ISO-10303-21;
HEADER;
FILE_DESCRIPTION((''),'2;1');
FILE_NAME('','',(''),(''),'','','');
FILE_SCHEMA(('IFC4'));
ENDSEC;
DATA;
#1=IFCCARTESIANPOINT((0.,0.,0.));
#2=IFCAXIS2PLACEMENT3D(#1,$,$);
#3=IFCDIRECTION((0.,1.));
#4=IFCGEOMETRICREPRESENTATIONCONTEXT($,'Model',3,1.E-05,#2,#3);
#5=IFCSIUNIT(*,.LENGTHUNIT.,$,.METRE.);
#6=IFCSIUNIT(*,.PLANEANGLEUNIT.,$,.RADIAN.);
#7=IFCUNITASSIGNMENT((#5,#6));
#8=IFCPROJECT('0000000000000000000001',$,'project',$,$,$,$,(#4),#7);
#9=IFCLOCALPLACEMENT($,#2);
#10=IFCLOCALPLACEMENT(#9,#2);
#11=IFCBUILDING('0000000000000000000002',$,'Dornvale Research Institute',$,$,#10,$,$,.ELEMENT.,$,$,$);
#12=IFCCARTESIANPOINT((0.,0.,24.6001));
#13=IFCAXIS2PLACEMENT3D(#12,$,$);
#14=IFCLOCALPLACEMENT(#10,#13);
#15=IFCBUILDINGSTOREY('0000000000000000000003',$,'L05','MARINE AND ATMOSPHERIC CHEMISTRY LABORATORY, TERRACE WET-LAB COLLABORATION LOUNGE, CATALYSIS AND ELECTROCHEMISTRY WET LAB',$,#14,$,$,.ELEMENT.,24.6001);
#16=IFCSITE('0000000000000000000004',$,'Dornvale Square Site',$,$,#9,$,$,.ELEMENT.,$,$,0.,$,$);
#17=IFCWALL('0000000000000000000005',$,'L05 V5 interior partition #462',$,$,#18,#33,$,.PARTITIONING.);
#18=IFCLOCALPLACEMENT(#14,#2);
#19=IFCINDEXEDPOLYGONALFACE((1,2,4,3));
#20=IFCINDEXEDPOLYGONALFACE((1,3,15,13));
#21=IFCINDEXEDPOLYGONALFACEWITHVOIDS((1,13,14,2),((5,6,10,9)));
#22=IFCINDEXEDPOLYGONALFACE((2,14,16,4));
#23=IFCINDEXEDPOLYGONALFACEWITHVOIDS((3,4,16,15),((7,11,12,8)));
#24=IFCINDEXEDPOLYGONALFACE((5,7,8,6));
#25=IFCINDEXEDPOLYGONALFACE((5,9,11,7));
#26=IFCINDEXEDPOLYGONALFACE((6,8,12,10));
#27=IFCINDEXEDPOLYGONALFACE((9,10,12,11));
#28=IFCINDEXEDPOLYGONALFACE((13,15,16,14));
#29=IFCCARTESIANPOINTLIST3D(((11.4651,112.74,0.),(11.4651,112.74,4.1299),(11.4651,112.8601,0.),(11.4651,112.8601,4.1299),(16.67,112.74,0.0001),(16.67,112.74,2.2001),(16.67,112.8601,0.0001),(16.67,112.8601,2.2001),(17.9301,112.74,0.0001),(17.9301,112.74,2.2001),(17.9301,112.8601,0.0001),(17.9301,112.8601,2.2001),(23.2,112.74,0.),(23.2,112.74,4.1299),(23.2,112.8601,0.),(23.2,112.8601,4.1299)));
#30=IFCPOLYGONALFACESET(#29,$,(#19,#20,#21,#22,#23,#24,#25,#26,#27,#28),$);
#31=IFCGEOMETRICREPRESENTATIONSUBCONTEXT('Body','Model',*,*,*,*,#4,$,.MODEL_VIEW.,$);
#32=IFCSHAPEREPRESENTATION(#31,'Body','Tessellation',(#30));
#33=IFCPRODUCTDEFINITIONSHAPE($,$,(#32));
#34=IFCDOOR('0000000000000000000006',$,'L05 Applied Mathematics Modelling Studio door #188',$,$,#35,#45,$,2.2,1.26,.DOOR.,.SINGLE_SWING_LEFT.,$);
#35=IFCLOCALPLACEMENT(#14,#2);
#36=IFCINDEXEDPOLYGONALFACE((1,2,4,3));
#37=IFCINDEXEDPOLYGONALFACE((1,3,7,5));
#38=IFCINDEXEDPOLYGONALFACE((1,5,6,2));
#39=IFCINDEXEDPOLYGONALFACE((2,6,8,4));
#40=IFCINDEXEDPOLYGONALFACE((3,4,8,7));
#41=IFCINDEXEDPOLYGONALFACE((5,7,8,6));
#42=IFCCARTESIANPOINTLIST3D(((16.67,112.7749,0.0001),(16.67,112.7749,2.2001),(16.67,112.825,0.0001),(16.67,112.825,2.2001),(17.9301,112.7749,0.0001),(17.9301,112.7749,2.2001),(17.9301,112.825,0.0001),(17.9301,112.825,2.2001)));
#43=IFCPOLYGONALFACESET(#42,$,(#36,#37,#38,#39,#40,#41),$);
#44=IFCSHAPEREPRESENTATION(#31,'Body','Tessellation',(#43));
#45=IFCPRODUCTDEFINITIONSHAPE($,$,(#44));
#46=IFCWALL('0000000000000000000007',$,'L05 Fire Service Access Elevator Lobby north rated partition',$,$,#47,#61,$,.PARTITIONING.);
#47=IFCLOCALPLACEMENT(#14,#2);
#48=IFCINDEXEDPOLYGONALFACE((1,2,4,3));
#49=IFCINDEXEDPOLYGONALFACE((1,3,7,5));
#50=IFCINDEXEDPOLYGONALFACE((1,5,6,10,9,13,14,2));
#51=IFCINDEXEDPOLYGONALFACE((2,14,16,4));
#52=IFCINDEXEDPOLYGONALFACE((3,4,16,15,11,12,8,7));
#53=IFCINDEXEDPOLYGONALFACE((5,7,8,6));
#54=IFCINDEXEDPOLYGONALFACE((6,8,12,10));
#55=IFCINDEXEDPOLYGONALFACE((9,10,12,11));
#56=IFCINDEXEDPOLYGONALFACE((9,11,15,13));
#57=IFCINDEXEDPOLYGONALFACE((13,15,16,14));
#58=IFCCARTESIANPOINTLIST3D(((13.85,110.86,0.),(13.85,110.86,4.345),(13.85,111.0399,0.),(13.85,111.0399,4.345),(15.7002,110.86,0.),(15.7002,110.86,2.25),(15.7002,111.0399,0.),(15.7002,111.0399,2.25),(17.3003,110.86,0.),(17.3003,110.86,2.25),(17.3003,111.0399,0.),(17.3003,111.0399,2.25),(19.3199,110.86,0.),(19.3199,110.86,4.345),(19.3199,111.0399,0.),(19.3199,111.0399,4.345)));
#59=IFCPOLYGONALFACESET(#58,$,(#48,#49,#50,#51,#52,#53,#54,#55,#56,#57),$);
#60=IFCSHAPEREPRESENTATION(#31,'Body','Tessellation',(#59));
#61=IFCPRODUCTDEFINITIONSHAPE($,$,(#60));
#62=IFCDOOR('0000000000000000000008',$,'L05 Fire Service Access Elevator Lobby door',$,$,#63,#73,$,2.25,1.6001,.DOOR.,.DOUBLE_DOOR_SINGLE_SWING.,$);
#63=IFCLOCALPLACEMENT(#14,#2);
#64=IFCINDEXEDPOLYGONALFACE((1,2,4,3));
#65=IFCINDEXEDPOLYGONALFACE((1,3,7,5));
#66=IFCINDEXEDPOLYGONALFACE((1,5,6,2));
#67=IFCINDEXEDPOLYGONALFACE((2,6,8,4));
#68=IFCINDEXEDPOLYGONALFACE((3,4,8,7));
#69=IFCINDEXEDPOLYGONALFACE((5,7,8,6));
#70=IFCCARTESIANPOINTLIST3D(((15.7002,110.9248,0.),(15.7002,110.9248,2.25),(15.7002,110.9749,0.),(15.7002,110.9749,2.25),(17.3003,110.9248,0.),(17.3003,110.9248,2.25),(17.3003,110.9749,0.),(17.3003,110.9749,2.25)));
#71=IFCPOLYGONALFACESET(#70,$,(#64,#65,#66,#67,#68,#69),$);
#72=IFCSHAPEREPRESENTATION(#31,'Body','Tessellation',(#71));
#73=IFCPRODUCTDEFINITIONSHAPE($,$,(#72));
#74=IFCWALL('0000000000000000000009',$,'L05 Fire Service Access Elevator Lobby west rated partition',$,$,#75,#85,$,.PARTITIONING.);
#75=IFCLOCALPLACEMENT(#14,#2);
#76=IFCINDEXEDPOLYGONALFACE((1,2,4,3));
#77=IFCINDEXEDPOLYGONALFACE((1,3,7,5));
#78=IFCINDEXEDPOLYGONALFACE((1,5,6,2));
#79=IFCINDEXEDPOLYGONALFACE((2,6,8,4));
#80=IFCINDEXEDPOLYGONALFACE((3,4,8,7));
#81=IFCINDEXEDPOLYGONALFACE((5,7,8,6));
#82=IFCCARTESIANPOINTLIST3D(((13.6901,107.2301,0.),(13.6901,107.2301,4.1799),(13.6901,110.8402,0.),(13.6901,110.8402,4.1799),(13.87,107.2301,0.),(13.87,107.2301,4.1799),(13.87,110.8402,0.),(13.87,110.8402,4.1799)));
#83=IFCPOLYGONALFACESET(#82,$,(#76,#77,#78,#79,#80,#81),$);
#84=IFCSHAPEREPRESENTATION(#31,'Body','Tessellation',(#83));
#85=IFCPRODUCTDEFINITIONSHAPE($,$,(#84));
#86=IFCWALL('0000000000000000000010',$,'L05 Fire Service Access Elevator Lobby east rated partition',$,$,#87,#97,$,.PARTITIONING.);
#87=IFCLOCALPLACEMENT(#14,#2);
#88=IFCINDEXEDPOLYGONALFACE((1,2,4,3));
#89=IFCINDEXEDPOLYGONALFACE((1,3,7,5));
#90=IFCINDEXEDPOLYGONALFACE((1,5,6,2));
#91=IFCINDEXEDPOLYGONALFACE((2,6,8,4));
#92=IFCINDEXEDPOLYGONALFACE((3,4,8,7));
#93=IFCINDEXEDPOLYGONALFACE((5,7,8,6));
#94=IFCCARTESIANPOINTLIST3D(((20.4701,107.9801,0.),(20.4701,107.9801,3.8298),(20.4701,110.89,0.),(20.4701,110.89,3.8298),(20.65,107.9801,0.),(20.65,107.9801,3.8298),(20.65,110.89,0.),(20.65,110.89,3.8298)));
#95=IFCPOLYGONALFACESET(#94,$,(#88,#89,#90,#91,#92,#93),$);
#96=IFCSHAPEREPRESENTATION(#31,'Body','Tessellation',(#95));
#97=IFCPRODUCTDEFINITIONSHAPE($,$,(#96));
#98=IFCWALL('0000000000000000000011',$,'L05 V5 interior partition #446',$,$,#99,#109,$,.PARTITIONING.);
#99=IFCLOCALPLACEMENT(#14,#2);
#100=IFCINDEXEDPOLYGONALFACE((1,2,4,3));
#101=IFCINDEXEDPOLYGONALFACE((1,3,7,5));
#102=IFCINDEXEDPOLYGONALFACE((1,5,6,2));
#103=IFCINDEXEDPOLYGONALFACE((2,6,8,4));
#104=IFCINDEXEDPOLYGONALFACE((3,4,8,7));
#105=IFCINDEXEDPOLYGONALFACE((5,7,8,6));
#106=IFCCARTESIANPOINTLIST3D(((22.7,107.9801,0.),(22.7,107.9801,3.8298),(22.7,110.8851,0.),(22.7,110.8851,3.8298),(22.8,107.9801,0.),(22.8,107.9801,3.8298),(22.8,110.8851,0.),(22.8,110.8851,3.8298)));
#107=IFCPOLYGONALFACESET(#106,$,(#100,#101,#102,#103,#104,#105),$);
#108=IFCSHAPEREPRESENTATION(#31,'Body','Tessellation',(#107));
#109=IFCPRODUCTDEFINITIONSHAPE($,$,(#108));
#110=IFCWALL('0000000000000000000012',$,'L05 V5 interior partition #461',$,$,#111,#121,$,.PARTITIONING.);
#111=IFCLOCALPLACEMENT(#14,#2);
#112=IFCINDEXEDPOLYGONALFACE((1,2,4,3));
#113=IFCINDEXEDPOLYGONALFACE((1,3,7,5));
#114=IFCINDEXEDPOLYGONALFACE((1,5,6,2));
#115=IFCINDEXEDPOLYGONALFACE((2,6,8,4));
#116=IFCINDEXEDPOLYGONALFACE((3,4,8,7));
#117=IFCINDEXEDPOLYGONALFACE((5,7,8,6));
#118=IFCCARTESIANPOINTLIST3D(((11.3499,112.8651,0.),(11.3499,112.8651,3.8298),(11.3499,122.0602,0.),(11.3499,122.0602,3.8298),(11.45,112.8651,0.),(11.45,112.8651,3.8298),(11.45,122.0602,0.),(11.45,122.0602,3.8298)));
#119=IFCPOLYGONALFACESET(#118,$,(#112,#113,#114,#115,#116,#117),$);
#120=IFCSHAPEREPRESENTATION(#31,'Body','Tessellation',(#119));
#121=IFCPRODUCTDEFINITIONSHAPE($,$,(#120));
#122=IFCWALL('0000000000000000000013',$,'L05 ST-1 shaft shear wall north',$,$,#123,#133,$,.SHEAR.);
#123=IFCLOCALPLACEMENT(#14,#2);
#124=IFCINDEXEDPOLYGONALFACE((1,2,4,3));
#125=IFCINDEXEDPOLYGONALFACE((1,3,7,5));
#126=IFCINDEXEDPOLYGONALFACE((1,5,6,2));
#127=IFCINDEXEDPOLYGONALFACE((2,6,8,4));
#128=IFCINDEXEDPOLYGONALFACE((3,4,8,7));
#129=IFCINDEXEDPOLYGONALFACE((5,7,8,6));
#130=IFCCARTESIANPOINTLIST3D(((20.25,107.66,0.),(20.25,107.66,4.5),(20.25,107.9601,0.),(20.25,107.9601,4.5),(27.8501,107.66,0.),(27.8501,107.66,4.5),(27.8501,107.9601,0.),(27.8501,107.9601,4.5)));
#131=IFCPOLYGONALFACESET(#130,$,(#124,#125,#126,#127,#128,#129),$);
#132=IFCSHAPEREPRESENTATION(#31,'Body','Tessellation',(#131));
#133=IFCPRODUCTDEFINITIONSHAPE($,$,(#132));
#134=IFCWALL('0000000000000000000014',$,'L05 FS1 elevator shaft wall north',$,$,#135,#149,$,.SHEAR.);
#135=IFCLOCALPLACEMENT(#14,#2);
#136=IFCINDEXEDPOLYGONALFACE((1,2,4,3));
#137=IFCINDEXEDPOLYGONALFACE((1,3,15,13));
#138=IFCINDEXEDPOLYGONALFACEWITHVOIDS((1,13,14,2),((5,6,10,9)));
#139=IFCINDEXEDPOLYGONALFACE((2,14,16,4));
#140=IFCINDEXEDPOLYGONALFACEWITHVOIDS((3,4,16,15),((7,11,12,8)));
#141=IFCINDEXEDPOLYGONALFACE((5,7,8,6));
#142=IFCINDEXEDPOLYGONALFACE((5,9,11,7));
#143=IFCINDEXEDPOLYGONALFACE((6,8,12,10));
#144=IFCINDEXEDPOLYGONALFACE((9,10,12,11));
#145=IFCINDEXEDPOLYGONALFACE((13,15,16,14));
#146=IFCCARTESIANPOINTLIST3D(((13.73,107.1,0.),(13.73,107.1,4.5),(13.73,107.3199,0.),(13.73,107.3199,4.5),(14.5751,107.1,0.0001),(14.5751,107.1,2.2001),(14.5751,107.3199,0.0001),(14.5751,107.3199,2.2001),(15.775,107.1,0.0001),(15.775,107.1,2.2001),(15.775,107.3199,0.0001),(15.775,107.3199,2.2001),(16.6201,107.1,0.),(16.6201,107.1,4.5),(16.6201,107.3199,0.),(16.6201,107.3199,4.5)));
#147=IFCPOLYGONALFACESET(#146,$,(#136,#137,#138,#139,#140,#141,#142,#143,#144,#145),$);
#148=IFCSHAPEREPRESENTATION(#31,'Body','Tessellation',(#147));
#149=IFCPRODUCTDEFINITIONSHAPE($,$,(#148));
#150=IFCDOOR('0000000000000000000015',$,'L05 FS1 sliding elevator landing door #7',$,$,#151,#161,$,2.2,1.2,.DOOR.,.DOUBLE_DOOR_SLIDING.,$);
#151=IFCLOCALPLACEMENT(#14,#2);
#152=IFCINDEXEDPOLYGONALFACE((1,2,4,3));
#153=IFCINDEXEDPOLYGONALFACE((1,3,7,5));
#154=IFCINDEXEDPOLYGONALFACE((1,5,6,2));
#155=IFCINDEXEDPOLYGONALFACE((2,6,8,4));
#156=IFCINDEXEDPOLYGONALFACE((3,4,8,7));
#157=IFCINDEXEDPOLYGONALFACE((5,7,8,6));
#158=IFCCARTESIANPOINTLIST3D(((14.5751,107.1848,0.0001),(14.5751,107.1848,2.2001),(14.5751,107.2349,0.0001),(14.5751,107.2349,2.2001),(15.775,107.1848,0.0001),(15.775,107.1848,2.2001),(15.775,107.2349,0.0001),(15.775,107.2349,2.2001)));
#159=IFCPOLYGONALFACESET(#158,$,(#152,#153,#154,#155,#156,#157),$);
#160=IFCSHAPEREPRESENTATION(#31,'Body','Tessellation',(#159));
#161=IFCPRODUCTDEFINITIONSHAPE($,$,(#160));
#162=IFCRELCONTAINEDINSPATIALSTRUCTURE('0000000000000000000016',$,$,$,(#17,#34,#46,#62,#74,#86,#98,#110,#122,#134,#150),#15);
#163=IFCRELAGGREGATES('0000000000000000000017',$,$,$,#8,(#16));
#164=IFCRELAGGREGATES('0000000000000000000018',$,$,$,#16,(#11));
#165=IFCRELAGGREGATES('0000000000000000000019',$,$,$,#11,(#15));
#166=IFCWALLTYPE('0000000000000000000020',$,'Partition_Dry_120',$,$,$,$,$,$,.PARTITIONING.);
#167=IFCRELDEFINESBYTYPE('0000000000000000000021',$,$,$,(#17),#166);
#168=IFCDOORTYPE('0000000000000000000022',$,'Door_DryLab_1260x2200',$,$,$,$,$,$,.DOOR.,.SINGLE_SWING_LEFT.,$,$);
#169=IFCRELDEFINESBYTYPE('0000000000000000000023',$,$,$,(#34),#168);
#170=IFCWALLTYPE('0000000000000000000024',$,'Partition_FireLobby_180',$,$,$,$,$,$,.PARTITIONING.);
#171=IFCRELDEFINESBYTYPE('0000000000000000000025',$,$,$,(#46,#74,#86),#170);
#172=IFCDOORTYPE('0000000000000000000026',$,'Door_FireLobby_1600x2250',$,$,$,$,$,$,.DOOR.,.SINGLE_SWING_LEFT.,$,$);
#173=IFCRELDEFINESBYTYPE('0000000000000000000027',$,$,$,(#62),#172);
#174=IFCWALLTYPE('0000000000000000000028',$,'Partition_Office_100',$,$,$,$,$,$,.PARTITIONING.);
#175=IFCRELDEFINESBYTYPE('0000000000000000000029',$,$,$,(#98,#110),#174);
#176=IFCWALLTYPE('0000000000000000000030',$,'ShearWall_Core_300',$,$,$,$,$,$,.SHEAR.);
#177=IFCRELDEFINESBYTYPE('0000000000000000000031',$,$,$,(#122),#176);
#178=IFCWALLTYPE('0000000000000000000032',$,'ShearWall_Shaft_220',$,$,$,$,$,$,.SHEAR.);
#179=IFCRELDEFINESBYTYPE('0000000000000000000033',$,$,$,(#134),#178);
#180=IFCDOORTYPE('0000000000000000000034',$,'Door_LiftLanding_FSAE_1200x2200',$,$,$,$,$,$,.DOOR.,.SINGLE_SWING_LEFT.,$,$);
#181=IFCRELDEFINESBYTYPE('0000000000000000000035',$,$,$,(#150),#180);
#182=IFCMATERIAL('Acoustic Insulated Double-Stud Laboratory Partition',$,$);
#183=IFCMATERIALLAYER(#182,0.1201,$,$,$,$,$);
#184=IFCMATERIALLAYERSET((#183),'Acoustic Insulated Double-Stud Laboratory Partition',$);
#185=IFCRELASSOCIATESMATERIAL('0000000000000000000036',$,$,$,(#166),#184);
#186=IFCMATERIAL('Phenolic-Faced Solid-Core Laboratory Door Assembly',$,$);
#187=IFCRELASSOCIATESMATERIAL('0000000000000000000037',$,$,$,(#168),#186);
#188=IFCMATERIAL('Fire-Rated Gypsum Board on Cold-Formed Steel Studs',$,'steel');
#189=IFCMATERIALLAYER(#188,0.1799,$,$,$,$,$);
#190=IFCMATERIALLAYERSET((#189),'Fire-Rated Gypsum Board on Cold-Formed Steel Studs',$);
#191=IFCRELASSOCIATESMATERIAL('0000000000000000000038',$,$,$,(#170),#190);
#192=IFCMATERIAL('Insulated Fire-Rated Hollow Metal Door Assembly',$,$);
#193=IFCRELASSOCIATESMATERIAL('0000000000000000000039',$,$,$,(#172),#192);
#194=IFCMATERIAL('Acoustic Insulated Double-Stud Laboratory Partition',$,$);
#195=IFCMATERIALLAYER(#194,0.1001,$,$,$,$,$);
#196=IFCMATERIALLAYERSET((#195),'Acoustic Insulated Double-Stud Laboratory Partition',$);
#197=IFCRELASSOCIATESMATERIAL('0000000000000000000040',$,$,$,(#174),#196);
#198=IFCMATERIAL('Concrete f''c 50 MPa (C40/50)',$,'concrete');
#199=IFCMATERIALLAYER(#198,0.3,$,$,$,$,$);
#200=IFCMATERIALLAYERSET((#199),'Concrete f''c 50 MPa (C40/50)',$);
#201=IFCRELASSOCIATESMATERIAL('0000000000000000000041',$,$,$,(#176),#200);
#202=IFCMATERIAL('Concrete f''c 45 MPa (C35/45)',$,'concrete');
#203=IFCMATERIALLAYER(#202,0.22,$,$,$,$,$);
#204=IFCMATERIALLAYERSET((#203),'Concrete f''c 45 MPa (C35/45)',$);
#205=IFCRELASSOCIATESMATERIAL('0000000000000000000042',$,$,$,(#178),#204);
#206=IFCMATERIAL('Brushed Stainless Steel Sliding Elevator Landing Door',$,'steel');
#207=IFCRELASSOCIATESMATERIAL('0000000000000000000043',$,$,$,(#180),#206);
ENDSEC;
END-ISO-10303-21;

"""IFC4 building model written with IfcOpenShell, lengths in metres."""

from ifc_helpers import new_model, si_unit, direction, frame, frame_2d, origin, place, context, subcontext, project, spatial, rectangle, extrude, material, layer, layer_set, type_object, element, fill, save


model = new_model("IFC4")

# Units and contexts
model_context = context("Model", 3, precision=1e-05, world=origin(), true_north=direction((0.0, 1.0)))
body_context = subcontext(model_context, "Body", "Model", "MODEL_VIEW")
ifc_project = project(units=[si_unit("LENGTHUNIT", "METRE"), si_unit("PLANEANGLEUNIT", "RADIAN")], contexts=[model_context])

# Site, building, storey
site_placement = place(None, origin())
site = spatial("IfcSite", under=ifc_project, at=site_placement, Name="Dornvale Square Site", CompositionType="ELEMENT", RefElevation=0.0)
building_placement = place(site_placement, origin())
building = spatial("IfcBuilding", under=site, at=building_placement, Name="Dornvale Research Institute", CompositionType="ELEMENT")
storey_placement = place(building_placement, frame((0.0, 0.0, 24.6001)))
storey = spatial("IfcBuildingStorey", under=building, at=storey_placement, Name="L05", Description="MARINE AND ATMOSPHERIC CHEMISTRY LABORATORY, TERRACE WET-LAB COLLABORATION LOUNGE, CATALYSIS AND ELECTROCHEMISTRY WET LAB", CompositionType="ELEMENT", Elevation=24.6001)

# Walls, openings, doors
ifc_material_1 = material(Name="Acoustic Insulated Double-Stud Laboratory Partition")
ifc_layer_1 = layer(ifc_material_1, 0.1201)
ifc_layer_set_1 = layer_set([ifc_layer_1], Name="Acoustic Insulated Double-Stud Laboratory Partition")
wall_type_1 = type_object("IfcWallType", Name="Partition_Dry_120", PredefinedType="PARTITIONING", material=ifc_layer_set_1)
wall_1_placement = place(storey_placement, frame((11.4651, 112.8, 0.0), z_axis=(0.0, 0.0, 1.0), x_axis=(1.0, 0.0, 0.0)))
wall_1 = element("IfcWall", 1, at=wall_1_placement, inside=storey, type_object=wall_type_1, Name="L05 V5 interior partition #462", PredefinedType="PARTITIONING", context=body_context, shape_type="SweptSolid", body=[
    extrude(rectangle(XDim=11.7349, YDim=0.1201, at=frame_2d((5.8674, 0.0))), origin(), (0.0, 0.0, 1.0), 4.1299),
])
opening_1_placement = place(wall_1_placement, frame((5.2051, 0.0, 0.0)))
opening_1 = element("IfcOpeningElement", 2, at=opening_1_placement, cuts=wall_1, PredefinedType="OPENING", context=body_context, shape_type="SweptSolid", body=[
    extrude(rectangle(XDim=1.26, YDim=2.2, at=frame_2d((0.6299, 1.1001))), frame((0.0, 0.075, 0.0), z_axis=(0.0, -1.0, 0.0), x_axis=(1.0, 0.0, 0.0)), (0.0, 0.0, 1.0), 0.1501),
])
ifc_material_2 = material(Name="Phenolic-Faced Solid-Core Laboratory Door Assembly")
door_type_1 = type_object("IfcDoorType", Name="Door_DryLab_1260x2200", OperationType="SINGLE_SWING_LEFT", PredefinedType="DOOR", material=ifc_material_2)
door_1_placement = place(opening_1_placement, origin())
door_1 = element("IfcDoor", 3, at=door_1_placement, inside=storey, type_object=door_type_1, Name="L05 Applied Mathematics Modelling Studio door #188", OperationType="SINGLE_SWING_LEFT", OverallHeight=2.2, OverallWidth=1.26, PredefinedType="DOOR", context=body_context, shape_type="SweptSolid", body=[
    extrude(rectangle(XDim=1.26, YDim=2.2, at=frame_2d((0.6299, 1.1001))), frame((0.0, 0.0249, 0.0), z_axis=(0.0, -1.0, 0.0), x_axis=(1.0, 0.0, 0.0)), (0.0, 0.0, 1.0), 0.05),
])
fill(opening_1, door_1)
ifc_material_3 = material(Name="Fire-Rated Gypsum Board on Cold-Formed Steel Studs", Category="steel")
ifc_layer_2 = layer(ifc_material_3, 0.1799)
ifc_layer_set_2 = layer_set([ifc_layer_2], Name="Fire-Rated Gypsum Board on Cold-Formed Steel Studs")
wall_type_2 = type_object("IfcWallType", Name="Partition_FireLobby_180", PredefinedType="PARTITIONING", material=ifc_layer_set_2)
wall_2_placement = place(storey_placement, frame((13.8501, 110.95, 0.0), z_axis=(0.0, 0.0, 1.0), x_axis=(1.0, 0.0, 0.0)))
wall_2 = element("IfcWall", 4, at=wall_2_placement, inside=storey, type_object=wall_type_2, Name="L05 Fire Service Access Elevator Lobby north rated partition", PredefinedType="PARTITIONING", context=body_context, shape_type="SweptSolid", body=[
    extrude(rectangle(XDim=5.47, YDim=0.1799, at=frame_2d((2.7349, 0.0))), origin(), (0.0, 0.0, 1.0), 4.345),
])
opening_2_placement = place(wall_2_placement, frame((1.8501, 0.0, 0.0)))
opening_2 = element("IfcOpeningElement", 5, at=opening_2_placement, cuts=wall_2, PredefinedType="OPENING", context=body_context, shape_type="SweptSolid", body=[
    extrude(rectangle(XDim=1.6001, YDim=2.25, at=frame_2d((0.8, 1.125))), frame((0.0, 0.105, 0.0), z_axis=(0.0, -1.0, 0.0), x_axis=(1.0, 0.0, 0.0)), (0.0, 0.0, 1.0), 0.21),
])
ifc_material_4 = material(Name="Insulated Fire-Rated Hollow Metal Door Assembly")
door_type_2 = type_object("IfcDoorType", Name="Door_FireLobby_1600x2250", OperationType="SINGLE_SWING_LEFT", PredefinedType="DOOR", material=ifc_material_4)
door_2_placement = place(opening_2_placement, origin())
door_2 = element("IfcDoor", 6, at=door_2_placement, inside=storey, type_object=door_type_2, Name="L05 Fire Service Access Elevator Lobby door", OperationType="DOUBLE_DOOR_SINGLE_SWING", OverallHeight=2.25, OverallWidth=1.6001, PredefinedType="DOOR", context=body_context, shape_type="SweptSolid", body=[
    extrude(rectangle(XDim=1.6001, YDim=2.25, at=frame_2d((0.8, 1.125))), frame((0.0, 0.0249, 0.0), z_axis=(0.0, -1.0, 0.0), x_axis=(1.0, 0.0, 0.0)), (0.0, 0.0, 1.0), 0.05),
])
fill(opening_2, door_2)

# Walls
wall_3_placement = place(storey_placement, frame((13.78, 107.23, 0.0), z_axis=(0.0, 0.0, 1.0), x_axis=(0.0, 1.0, 0.0)))
element("IfcWall", 7, at=wall_3_placement, inside=storey, type_object=wall_type_2, Name="L05 Fire Service Access Elevator Lobby west rated partition", PredefinedType="PARTITIONING", context=body_context, shape_type="SweptSolid", body=[
    extrude(rectangle(XDim=3.6101, YDim=0.1799, at=frame_2d((1.8052, 0.0))), origin(), (0.0, 0.0, 1.0), 4.1799),
])
wall_4_placement = place(storey_placement, frame((20.5601, 107.98, 0.0), z_axis=(0.0, 0.0, 1.0), x_axis=(0.0, 1.0, 0.0)))
element("IfcWall", 8, at=wall_4_placement, inside=storey, type_object=wall_type_2, Name="L05 Fire Service Access Elevator Lobby east rated partition", PredefinedType="PARTITIONING", context=body_context, shape_type="SweptSolid", body=[
    extrude(rectangle(XDim=2.9099, YDim=0.1799, at=frame_2d((1.4551, 0.0))), origin(), (0.0, 0.0, 1.0), 3.8298),
])

# Shared definitions
ifc_material_5 = material(Name="Acoustic Insulated Double-Stud Laboratory Partition")
ifc_layer_3 = layer(ifc_material_5, 0.1001)
ifc_layer_set_3 = layer_set([ifc_layer_3], Name="Acoustic Insulated Double-Stud Laboratory Partition")
wall_type_3 = type_object("IfcWallType", Name="Partition_Office_100", PredefinedType="PARTITIONING", material=ifc_layer_set_3)

# Walls
wall_5_placement = place(storey_placement, frame((22.75, 107.98, 0.0), z_axis=(0.0, 0.0, 1.0), x_axis=(0.0, 1.0, 0.0)))
element("IfcWall", 9, at=wall_5_placement, inside=storey, type_object=wall_type_3, Name="L05 V5 interior partition #446", PredefinedType="PARTITIONING", context=body_context, shape_type="SweptSolid", body=[
    extrude(rectangle(XDim=2.905, YDim=0.1001, at=frame_2d((1.4526, 0.0))), origin(), (0.0, 0.0, 1.0), 3.8298),
])
wall_6_placement = place(storey_placement, frame((11.3999, 112.865, 0.0), z_axis=(0.0, 0.0, 1.0), x_axis=(0.0, 1.0, 0.0)))
element("IfcWall", 10, at=wall_6_placement, inside=storey, type_object=wall_type_3, Name="L05 V5 interior partition #461", PredefinedType="PARTITIONING", context=body_context, shape_type="SweptSolid", body=[
    extrude(rectangle(XDim=9.1951, YDim=0.1001, at=frame_2d((4.5977, 0.0))), origin(), (0.0, 0.0, 1.0), 3.8298),
])
ifc_material_6 = material(Name="Concrete f'c 50 MPa (C40/50)", Category="concrete")
ifc_layer_4 = layer(ifc_material_6, 0.3)
ifc_layer_set_4 = layer_set([ifc_layer_4], Name="Concrete f'c 50 MPa (C40/50)")
wall_type_4 = type_object("IfcWallType", Name="ShearWall_Core_300", PredefinedType="SHEAR", material=ifc_layer_set_4)
wall_7_placement = place(storey_placement, frame((20.25, 107.8101, 0.0), z_axis=(0.0, 0.0, 1.0), x_axis=(1.0, 0.0, 0.0)))
element("IfcWall", 11, at=wall_7_placement, inside=storey, type_object=wall_type_4, Name="L05 ST-1 shaft shear wall north", PredefinedType="SHEAR", context=body_context, shape_type="SweptSolid", body=[
    extrude(rectangle(XDim=7.6001, YDim=0.3, at=frame_2d((3.8, 0.0))), origin(), (0.0, 0.0, 1.0), 4.5),
])

# Wall, opening, door
ifc_material_7 = material(Name="Concrete f'c 45 MPa (C35/45)", Category="concrete")
ifc_layer_5 = layer(ifc_material_7, 0.22)
ifc_layer_set_5 = layer_set([ifc_layer_5], Name="Concrete f'c 45 MPa (C35/45)")
wall_type_5 = type_object("IfcWallType", Name="ShearWall_Shaft_220", PredefinedType="SHEAR", material=ifc_layer_set_5)
wall_8_placement = place(storey_placement, frame((13.73, 107.21, 0.0), z_axis=(0.0, 0.0, 1.0), x_axis=(1.0, 0.0, 0.0)))
wall_8 = element("IfcWall", 12, at=wall_8_placement, inside=storey, type_object=wall_type_5, Name="L05 FS1 elevator shaft wall north", PredefinedType="SHEAR", context=body_context, shape_type="SweptSolid", body=[
    extrude(rectangle(XDim=2.8901, YDim=0.22, at=frame_2d((1.4451, 0.0))), origin(), (0.0, 0.0, 1.0), 4.5),
])
opening_3_placement = place(wall_8_placement, frame((0.845, 0.0, 0.0)))
opening_3 = element("IfcOpeningElement", 13, at=opening_3_placement, cuts=wall_8, PredefinedType="OPENING", context=body_context, shape_type="SweptSolid", body=[
    extrude(rectangle(XDim=1.2, YDim=2.2, at=frame_2d((0.6001, 1.1001))), frame((0.0, 0.125, 0.0), z_axis=(0.0, -1.0, 0.0), x_axis=(1.0, 0.0, 0.0)), (0.0, 0.0, 1.0), 0.25),
])
ifc_material_8 = material(Name="Brushed Stainless Steel Sliding Elevator Landing Door", Category="steel")
door_type_3 = type_object("IfcDoorType", Name="Door_LiftLanding_FSAE_1200x2200", OperationType="SINGLE_SWING_LEFT", PredefinedType="DOOR", material=ifc_material_8)
door_3_placement = place(opening_3_placement, origin())
door_3 = element("IfcDoor", 14, at=door_3_placement, inside=storey, type_object=door_type_3, Name="L05 FS1 sliding elevator landing door #7", OperationType="DOUBLE_DOOR_SLIDING", OverallHeight=2.2, OverallWidth=1.2, PredefinedType="DOOR", context=body_context, shape_type="SweptSolid", body=[
    extrude(rectangle(XDim=1.2, YDim=2.2, at=frame_2d((0.6001, 1.1001))), frame((0.0, 0.0249, 0.0), z_axis=(0.0, -1.0, 0.0), x_axis=(1.0, 0.0, 0.0)), (0.0, 0.0, 1.0), 0.05),
])
fill(opening_3, door_3)

save(model, "model.ifc")
